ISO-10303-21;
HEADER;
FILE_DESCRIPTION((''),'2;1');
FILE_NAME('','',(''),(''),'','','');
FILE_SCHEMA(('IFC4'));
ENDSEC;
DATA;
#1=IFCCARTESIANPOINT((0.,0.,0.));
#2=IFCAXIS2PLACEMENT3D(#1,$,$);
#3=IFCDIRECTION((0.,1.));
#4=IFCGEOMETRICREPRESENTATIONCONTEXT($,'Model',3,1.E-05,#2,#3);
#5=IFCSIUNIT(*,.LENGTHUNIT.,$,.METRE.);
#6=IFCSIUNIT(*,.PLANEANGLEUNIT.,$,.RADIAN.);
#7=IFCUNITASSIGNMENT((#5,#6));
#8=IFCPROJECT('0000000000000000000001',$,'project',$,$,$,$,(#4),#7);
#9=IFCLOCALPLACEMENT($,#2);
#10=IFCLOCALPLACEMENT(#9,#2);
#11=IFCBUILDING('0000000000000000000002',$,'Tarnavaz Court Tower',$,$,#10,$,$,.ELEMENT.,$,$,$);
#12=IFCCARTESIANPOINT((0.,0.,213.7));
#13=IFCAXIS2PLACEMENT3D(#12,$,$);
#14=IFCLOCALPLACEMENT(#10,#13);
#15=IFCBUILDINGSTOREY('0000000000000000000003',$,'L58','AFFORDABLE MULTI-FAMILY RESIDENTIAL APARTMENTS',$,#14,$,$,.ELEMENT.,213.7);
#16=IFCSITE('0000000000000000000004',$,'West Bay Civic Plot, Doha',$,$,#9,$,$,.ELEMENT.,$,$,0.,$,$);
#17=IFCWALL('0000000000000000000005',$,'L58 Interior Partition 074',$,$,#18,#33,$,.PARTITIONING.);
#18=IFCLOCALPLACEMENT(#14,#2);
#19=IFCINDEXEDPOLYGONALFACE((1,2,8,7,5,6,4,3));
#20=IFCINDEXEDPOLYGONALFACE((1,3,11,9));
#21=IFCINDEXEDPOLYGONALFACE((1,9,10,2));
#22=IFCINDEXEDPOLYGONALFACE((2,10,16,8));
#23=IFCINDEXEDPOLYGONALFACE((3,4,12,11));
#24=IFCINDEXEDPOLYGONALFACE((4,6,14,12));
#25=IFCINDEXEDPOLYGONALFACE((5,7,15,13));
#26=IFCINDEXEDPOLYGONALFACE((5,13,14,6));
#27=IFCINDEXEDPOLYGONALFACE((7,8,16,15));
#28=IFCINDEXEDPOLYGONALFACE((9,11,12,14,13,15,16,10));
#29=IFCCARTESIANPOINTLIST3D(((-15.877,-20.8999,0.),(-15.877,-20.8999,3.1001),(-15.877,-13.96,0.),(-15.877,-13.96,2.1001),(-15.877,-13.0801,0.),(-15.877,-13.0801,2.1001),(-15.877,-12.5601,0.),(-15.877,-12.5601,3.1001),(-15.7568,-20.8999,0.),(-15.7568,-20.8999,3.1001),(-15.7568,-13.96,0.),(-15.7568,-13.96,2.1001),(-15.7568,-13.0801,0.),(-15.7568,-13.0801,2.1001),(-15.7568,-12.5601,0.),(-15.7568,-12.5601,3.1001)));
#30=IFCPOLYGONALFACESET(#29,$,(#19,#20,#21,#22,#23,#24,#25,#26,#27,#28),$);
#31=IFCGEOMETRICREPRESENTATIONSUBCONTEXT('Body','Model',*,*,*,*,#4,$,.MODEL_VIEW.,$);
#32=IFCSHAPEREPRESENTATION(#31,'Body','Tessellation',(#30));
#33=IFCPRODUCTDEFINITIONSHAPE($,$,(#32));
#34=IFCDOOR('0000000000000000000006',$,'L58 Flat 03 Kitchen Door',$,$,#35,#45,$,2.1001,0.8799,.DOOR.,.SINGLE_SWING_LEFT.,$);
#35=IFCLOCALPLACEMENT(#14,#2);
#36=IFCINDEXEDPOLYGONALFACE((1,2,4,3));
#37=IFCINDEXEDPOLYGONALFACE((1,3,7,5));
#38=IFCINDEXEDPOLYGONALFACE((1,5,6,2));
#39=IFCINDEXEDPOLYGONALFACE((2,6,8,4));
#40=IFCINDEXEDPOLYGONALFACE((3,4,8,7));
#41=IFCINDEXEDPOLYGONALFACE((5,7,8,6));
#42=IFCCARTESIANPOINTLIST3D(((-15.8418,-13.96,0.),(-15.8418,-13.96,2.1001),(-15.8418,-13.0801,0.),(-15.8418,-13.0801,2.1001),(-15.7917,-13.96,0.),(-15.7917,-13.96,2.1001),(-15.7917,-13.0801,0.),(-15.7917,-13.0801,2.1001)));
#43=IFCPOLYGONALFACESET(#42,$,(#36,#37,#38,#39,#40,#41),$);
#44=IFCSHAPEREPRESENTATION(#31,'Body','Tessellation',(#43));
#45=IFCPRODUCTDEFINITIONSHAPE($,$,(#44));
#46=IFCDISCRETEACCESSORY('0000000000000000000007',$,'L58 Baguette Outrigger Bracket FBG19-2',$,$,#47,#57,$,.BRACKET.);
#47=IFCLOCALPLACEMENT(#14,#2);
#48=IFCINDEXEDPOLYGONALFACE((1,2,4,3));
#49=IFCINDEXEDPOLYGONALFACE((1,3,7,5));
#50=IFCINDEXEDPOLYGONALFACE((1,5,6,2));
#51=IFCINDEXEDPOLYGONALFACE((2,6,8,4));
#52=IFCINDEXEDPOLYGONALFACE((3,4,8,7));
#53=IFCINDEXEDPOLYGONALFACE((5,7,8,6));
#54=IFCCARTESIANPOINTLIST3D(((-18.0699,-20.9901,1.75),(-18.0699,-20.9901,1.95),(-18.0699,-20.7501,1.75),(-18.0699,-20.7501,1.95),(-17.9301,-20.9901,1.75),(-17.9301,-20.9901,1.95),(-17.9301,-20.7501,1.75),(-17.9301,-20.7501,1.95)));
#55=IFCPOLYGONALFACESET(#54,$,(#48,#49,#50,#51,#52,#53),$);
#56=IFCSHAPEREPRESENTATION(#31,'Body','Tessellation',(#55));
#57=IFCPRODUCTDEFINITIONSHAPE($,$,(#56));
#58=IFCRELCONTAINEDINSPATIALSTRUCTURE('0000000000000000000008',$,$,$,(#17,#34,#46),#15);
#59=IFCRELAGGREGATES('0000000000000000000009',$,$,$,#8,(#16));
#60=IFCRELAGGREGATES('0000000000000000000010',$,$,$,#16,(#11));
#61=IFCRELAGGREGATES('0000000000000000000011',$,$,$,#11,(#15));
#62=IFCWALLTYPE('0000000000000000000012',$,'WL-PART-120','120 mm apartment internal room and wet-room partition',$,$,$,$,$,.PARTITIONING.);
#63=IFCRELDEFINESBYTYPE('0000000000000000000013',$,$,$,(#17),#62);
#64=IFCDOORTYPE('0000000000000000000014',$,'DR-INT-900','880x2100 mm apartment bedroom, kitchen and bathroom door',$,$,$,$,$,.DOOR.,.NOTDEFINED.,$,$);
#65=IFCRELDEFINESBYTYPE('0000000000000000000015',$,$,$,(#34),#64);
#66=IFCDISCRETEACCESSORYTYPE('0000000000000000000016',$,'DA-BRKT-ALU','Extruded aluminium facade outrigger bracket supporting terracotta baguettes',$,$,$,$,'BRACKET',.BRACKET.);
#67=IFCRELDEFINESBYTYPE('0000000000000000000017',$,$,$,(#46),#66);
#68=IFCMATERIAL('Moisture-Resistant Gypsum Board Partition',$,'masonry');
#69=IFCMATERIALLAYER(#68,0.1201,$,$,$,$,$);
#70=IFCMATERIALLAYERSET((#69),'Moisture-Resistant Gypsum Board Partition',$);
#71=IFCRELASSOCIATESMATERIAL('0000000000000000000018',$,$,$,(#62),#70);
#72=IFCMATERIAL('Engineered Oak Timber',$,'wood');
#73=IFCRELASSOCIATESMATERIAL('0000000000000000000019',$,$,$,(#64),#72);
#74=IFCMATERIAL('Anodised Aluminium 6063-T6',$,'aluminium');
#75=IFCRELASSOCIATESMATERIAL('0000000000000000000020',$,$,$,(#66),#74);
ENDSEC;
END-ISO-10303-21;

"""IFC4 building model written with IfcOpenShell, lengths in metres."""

from ifc_helpers import new_model, si_unit, direction, frame, frame_2d, origin, origin_2d, place, context, subcontext, project, spatial, rectangle, extrude, material, layer, layer_set, type_object, element, fill, save


model = new_model("IFC4")

# Units and contexts
model_context = context("Model", 3, precision=1e-05, world=origin(), true_north=direction((0.0, 1.0)))
body_context = subcontext(model_context, "Body", "Model", "MODEL_VIEW")
ifc_project = project(units=[si_unit("LENGTHUNIT", "METRE"), si_unit("PLANEANGLEUNIT", "RADIAN")], contexts=[model_context])

# Site, building, storey
site_placement = place(None, origin())
site = spatial("IfcSite", under=ifc_project, at=site_placement, Name="West Bay Civic Plot, Doha", CompositionType="ELEMENT", RefElevation=0.0)
building_placement = place(site_placement, origin())
building = spatial("IfcBuilding", under=site, at=building_placement, Name="Tarnavaz Court Tower", CompositionType="ELEMENT")
storey_placement = place(building_placement, frame((0.0, 0.0, 213.7)))
storey = spatial("IfcBuildingStorey", under=building, at=storey_placement, Name="L58", Description="AFFORDABLE MULTI-FAMILY RESIDENTIAL APARTMENTS", CompositionType="ELEMENT", Elevation=213.7)

# Wall, opening, door
ifc_material_1 = material(Name="Moisture-Resistant Gypsum Board Partition", Category="masonry")
ifc_layer_1 = layer(ifc_material_1, 0.1201)
ifc_layer_set_1 = layer_set([ifc_layer_1], Name="Moisture-Resistant Gypsum Board Partition")
wall_type_1 = type_object("IfcWallType", Name="WL-PART-120", Description="120 mm apartment internal room and wet-room partition", PredefinedType="PARTITIONING", material=ifc_layer_set_1)
wall_1_placement = place(storey_placement, frame((-15.8169, -20.8999, 0.0), z_axis=(0.0, 0.0, 1.0), x_axis=(0.0, 1.0, 0.0)))
wall_1 = element("IfcWall", 1, at=wall_1_placement, inside=storey, type_object=wall_type_1, Name="L58 Interior Partition 074", PredefinedType="PARTITIONING", context=body_context, shape_type="SweptSolid", body=[
    extrude(rectangle(XDim=8.3398, YDim=0.1201, at=frame_2d((4.1699, 0.0))), origin(), (0.0, 0.0, 1.0), 3.1001),
])
opening_1_placement = place(wall_1_placement, frame((6.9399, 0.0, 0.0)))
opening_1 = element("IfcOpeningElement", 2, at=opening_1_placement, cuts=wall_1, PredefinedType="OPENING", context=body_context, shape_type="SweptSolid", body=[
    extrude(rectangle(XDim=0.8799, YDim=2.1001, at=frame_2d((0.4399, 1.05))), frame((0.0, 0.0701, 0.0), z_axis=(0.0, -1.0, 0.0), x_axis=(1.0, 0.0, 0.0)), (0.0, 0.0, 1.0), 0.1401),
])
ifc_material_2 = material(Name="Engineered Oak Timber", Category="wood")
door_type = type_object("IfcDoorType", Name="DR-INT-900", Description="880x2100 mm apartment bedroom, kitchen and bathroom door", OperationType="NOTDEFINED", PredefinedType="DOOR", material=ifc_material_2)
door_placement = place(opening_1_placement, origin())
door = element("IfcDoor", 3, at=door_placement, inside=storey, type_object=door_type, Name="L58 Flat 03 Kitchen Door", OperationType="SINGLE_SWING_LEFT", OverallHeight=2.1001, OverallWidth=0.8799, PredefinedType="DOOR", context=body_context, shape_type="SweptSolid", body=[
    extrude(rectangle(XDim=0.8799, YDim=2.1001, at=frame_2d((0.4399, 1.05))), frame((0.0, 0.0249, 0.0), z_axis=(0.0, -1.0, 0.0), x_axis=(1.0, 0.0, 0.0)), (0.0, 0.0, 1.0), 0.05),
])
fill(opening_1, door)

# Discrete accessory
ifc_material_3 = material(Name="Anodised Aluminium 6063-T6", Category="aluminium")
discrete_accessory_type = type_object("IfcDiscreteAccessoryType", Name="DA-BRKT-ALU", Description="Extruded aluminium facade outrigger bracket supporting terracotta baguettes", ElementType="BRACKET", PredefinedType="BRACKET", material=ifc_material_3)
discrete_accessory_placement = place(storey_placement, frame((-18.0, -20.8701, 1.75), z_axis=(0.0, 0.0, 1.0), x_axis=(-1.0, 0.0, 0.0)))
element("IfcDiscreteAccessory", 4, at=discrete_accessory_placement, inside=storey, type_object=discrete_accessory_type, Name="L58 Baguette Outrigger Bracket FBG19-2", PredefinedType="BRACKET", context=body_context, shape_type="SweptSolid", body=[
    extrude(rectangle(XDim=0.1399, YDim=0.24, at=origin_2d()), origin(), (0.0, 0.0, 1.0), 0.2),
])

save(model, "model.ifc")
